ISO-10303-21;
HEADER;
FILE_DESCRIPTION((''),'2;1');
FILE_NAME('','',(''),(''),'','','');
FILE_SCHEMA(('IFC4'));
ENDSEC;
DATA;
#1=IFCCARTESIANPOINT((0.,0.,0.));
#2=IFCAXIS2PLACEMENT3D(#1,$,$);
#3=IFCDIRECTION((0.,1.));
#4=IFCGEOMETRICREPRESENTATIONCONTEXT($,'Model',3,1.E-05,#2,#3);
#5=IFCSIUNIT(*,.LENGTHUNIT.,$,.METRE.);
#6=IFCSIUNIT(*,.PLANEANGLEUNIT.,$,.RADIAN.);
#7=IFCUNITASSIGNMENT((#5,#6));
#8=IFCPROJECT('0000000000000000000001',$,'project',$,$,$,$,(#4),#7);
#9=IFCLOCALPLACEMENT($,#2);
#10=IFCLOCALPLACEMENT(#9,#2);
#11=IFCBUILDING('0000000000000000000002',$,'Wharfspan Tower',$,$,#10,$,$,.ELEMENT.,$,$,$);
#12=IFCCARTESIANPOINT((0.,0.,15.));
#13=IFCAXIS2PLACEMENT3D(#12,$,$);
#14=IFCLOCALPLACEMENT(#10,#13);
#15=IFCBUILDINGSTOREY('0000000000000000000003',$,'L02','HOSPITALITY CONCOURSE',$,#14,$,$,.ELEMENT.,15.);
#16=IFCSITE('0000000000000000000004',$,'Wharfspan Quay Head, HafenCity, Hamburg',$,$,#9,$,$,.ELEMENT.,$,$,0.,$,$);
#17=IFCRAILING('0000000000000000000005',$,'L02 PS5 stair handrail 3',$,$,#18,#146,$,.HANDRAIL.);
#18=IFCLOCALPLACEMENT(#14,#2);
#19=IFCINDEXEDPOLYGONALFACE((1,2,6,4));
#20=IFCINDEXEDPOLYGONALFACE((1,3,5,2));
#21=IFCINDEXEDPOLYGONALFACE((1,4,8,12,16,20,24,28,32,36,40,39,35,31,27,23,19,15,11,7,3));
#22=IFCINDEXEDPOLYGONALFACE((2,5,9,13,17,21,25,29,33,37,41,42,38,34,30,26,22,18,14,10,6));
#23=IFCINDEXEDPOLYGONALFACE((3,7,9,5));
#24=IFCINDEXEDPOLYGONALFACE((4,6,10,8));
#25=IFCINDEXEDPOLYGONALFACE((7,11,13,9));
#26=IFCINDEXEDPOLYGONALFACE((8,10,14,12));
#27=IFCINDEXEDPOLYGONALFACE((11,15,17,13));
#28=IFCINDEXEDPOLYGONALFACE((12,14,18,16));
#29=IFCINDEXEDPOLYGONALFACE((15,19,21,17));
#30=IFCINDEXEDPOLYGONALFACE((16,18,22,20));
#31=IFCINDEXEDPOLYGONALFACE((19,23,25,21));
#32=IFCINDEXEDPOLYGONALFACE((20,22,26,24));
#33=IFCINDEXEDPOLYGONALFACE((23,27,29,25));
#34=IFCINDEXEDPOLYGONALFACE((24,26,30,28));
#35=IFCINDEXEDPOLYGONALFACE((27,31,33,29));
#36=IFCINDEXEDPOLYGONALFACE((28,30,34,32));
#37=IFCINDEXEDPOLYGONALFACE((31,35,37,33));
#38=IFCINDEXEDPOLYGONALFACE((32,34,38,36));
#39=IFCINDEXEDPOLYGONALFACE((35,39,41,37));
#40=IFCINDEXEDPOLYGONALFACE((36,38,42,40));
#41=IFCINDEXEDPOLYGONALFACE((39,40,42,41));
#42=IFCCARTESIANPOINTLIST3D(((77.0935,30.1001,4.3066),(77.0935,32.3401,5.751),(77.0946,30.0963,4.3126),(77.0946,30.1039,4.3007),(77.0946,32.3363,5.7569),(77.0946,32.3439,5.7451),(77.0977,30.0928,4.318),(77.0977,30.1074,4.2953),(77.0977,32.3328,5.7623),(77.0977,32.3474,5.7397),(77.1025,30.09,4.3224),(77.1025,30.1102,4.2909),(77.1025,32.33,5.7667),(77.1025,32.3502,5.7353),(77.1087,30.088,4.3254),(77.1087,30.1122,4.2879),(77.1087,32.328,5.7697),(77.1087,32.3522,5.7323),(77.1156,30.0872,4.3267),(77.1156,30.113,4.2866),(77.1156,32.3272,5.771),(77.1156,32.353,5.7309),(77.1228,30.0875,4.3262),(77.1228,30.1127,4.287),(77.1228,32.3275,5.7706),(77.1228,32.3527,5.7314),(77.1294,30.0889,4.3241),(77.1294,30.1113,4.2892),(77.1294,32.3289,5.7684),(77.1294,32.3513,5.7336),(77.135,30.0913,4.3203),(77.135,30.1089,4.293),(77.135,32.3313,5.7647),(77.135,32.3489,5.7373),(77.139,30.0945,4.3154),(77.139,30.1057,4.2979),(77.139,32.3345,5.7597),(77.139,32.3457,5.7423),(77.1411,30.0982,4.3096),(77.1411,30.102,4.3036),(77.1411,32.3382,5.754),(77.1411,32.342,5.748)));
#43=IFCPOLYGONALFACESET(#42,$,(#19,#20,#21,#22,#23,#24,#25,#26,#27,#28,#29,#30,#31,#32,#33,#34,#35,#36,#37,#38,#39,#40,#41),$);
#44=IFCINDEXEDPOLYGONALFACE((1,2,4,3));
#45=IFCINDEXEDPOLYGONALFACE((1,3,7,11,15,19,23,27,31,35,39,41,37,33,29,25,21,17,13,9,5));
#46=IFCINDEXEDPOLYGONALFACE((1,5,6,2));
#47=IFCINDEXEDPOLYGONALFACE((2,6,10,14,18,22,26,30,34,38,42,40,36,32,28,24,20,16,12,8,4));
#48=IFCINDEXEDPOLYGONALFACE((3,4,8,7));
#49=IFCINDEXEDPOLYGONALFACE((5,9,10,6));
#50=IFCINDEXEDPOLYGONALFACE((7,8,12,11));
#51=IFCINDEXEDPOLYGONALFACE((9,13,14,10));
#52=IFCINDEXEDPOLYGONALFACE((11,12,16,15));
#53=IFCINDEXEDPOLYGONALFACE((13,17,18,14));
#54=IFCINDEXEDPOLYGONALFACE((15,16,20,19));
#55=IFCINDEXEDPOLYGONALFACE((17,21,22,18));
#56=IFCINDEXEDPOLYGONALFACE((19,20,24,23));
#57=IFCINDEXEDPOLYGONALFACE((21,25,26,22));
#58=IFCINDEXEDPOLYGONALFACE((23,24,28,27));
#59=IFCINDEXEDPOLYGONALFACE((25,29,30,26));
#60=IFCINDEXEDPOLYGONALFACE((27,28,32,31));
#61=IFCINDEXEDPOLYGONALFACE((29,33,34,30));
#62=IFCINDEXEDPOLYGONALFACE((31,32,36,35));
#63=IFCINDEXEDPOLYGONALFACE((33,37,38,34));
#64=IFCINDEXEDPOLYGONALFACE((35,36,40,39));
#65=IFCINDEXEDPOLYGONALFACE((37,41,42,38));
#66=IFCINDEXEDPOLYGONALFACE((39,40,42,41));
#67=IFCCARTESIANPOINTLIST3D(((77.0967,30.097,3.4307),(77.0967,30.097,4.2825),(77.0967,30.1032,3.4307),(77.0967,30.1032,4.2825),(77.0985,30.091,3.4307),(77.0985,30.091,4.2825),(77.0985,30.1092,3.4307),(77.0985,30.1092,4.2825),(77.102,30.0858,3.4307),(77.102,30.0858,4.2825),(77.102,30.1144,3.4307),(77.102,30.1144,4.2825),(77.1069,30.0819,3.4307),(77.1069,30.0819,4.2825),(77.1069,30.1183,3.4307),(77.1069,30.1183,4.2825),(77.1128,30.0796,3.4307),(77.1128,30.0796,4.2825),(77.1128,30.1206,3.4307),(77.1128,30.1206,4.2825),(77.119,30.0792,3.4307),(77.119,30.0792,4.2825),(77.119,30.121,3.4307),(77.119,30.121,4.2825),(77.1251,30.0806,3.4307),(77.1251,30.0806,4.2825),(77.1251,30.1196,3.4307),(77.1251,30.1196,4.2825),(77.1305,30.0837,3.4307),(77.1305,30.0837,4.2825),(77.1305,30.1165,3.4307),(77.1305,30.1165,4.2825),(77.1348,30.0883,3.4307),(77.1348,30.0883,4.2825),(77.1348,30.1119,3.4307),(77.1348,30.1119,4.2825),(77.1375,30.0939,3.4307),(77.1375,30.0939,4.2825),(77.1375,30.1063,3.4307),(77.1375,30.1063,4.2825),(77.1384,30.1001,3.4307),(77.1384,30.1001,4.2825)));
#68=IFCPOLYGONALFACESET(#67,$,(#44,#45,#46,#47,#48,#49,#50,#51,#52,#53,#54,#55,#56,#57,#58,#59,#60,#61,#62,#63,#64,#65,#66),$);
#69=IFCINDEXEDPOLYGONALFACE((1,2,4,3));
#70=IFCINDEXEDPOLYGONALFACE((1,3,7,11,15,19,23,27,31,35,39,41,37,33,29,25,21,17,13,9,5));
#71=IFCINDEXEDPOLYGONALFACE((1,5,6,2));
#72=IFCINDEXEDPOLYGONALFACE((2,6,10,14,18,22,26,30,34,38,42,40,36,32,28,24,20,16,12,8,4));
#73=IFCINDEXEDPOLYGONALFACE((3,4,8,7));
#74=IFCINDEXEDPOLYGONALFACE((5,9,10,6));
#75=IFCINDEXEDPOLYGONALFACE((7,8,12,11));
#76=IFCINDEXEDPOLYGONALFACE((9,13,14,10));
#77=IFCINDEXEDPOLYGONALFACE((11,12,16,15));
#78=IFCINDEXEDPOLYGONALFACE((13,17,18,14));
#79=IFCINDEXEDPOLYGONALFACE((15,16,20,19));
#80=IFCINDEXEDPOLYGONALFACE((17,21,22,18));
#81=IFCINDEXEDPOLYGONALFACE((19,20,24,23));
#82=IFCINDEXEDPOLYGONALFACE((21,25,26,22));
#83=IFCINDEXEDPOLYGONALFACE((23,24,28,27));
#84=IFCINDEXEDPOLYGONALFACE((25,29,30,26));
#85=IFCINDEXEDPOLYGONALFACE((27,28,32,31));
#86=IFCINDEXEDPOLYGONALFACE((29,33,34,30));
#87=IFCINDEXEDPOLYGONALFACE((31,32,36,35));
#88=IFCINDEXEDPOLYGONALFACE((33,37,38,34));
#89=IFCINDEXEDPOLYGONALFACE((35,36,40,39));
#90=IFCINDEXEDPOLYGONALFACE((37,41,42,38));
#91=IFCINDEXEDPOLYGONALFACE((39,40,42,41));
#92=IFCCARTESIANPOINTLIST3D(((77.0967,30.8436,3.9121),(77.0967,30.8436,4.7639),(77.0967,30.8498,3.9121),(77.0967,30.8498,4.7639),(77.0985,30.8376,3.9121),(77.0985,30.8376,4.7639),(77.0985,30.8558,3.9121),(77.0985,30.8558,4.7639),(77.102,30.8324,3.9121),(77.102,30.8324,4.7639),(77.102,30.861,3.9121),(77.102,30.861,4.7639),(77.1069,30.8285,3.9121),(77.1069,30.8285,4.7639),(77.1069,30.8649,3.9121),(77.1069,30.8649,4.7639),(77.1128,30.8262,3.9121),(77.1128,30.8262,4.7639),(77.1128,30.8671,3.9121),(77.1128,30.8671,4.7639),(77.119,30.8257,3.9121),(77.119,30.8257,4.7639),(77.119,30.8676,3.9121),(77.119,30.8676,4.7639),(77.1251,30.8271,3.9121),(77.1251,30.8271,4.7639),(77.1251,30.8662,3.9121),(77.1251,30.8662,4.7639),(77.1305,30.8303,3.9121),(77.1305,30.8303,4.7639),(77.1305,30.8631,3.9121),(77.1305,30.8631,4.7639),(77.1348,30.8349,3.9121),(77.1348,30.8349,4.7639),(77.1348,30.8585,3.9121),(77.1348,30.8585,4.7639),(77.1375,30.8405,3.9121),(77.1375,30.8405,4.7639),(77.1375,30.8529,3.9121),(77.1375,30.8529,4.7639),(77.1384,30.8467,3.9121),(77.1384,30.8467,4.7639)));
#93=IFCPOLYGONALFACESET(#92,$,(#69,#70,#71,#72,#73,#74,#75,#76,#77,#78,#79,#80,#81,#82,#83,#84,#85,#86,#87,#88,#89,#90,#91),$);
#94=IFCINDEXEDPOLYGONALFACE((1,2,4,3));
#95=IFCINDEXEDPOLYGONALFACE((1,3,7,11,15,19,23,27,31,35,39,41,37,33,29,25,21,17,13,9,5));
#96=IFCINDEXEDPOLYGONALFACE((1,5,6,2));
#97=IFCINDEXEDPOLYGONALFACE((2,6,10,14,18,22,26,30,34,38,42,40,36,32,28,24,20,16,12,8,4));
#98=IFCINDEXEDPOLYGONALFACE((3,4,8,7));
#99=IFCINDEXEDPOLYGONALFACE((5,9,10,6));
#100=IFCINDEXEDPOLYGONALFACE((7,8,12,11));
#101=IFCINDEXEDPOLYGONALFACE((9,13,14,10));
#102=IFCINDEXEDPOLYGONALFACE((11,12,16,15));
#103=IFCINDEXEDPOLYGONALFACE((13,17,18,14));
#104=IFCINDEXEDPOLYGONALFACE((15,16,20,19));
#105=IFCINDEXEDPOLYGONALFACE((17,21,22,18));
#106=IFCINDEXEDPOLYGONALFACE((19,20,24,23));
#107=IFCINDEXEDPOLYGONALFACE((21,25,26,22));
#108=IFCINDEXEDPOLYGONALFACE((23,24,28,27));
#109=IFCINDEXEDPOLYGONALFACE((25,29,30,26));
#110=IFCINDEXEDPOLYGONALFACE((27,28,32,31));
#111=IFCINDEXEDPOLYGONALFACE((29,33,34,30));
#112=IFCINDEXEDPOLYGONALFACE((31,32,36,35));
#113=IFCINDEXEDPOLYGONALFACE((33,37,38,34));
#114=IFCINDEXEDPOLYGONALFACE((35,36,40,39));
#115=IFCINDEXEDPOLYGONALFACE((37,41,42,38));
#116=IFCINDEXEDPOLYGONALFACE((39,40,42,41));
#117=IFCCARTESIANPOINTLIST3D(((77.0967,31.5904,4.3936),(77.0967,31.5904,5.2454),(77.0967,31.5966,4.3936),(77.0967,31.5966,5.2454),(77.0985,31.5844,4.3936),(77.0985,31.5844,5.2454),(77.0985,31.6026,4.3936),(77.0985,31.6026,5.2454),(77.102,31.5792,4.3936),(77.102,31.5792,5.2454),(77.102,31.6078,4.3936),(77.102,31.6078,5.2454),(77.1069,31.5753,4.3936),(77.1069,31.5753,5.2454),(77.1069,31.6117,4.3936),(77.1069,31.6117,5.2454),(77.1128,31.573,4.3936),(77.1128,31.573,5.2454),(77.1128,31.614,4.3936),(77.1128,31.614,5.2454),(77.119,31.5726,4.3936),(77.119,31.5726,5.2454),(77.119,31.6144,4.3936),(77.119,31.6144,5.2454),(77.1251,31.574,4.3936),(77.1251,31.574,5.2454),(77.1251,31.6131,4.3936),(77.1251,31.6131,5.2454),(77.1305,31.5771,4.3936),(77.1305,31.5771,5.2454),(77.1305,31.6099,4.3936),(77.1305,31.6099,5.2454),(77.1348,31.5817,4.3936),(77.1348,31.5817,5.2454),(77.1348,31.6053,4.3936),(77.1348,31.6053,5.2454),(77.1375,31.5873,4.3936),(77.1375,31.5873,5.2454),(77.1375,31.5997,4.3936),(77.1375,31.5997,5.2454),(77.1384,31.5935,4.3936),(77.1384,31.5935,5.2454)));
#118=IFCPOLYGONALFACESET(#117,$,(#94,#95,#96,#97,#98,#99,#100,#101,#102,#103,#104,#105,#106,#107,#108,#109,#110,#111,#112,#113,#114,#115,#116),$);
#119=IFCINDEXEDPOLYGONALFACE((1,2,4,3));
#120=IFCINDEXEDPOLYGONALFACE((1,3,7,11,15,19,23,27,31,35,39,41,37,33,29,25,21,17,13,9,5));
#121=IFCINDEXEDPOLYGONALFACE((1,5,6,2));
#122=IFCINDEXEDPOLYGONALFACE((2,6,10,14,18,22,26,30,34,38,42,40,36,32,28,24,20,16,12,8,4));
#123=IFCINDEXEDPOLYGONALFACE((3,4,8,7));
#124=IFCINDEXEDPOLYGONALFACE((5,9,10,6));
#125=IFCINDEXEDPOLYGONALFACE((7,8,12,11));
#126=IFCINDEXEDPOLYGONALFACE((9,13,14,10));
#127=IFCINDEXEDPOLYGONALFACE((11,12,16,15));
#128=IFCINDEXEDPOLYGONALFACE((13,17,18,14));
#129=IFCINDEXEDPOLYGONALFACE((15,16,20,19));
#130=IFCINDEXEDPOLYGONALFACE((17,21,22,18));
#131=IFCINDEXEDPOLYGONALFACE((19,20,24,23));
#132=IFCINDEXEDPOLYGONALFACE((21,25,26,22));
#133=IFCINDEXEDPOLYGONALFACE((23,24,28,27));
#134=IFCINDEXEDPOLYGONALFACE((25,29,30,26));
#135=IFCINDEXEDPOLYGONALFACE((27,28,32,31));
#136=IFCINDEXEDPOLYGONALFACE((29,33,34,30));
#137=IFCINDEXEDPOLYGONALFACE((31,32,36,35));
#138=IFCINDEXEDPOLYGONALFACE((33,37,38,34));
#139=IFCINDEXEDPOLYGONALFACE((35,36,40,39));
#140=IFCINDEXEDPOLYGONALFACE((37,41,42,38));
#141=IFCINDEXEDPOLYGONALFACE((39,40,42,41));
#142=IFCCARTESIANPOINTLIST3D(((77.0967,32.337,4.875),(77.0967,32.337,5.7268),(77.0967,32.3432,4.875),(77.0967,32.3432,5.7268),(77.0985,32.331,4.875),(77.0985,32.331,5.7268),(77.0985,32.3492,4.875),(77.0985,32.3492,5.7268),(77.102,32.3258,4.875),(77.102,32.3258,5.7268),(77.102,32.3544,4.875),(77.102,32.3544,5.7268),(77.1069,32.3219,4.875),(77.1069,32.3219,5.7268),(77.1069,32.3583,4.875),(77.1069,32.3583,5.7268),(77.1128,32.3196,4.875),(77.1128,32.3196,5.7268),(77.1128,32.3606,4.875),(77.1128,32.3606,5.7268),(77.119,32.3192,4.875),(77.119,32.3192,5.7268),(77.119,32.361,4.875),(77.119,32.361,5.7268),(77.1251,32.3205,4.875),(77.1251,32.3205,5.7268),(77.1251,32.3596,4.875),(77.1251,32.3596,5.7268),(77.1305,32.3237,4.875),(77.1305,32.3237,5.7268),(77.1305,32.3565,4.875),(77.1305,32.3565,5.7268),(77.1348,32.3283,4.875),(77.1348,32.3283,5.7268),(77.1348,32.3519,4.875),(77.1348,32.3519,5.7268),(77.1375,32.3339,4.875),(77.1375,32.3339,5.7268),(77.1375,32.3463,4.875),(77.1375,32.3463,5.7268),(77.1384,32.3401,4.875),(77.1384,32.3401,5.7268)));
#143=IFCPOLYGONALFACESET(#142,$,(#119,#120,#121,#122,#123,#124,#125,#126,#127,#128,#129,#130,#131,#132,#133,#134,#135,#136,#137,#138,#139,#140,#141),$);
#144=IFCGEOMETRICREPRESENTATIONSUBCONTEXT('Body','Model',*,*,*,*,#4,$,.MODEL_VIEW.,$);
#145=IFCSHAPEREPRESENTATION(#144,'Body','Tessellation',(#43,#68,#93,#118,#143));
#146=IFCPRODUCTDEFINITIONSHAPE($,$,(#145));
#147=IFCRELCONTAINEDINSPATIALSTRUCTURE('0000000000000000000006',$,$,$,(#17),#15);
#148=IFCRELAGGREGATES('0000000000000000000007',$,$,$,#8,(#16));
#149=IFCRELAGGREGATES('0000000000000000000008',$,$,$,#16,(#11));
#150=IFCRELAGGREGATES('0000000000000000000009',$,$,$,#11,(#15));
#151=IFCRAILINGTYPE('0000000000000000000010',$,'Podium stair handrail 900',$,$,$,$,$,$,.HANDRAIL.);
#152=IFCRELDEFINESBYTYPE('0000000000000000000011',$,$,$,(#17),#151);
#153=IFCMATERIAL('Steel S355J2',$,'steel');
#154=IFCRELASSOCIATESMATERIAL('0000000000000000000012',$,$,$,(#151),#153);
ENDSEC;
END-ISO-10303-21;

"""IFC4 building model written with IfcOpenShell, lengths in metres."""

from ifc_helpers import new_model, si_unit, direction, frame, origin, origin_2d, place, context, subcontext, project, spatial, circle, extrude, material, type_object, element, save


model = new_model("IFC4")

# Units and contexts
model_context = context("Model", 3, precision=1e-05, world=origin(), true_north=direction((0.0, 1.0)))
body_context = subcontext(model_context, "Body", "Model", "MODEL_VIEW")
ifc_project = project(units=[si_unit("LENGTHUNIT", "METRE"), si_unit("PLANEANGLEUNIT", "RADIAN")], contexts=[model_context])

# Site, building, storey
site_placement = place(None, origin())
site = spatial("IfcSite", under=ifc_project, at=site_placement, Name="Wharfspan Quay Head, HafenCity, Hamburg", CompositionType="ELEMENT", RefElevation=0.0)
building_placement = place(site_placement, origin())
building = spatial("IfcBuilding", under=site, at=building_placement, Name="Wharfspan Tower", CompositionType="ELEMENT")
storey_placement = place(building_placement, frame((0.0, 0.0, 15.0)))
storey = spatial("IfcBuildingStorey", under=building, at=storey_placement, Name="L02", Description="HOSPITALITY CONCOURSE", CompositionType="ELEMENT", Elevation=15.0)

# Railing
ifc_material_1 = material(Name="Steel S355J2", Category="steel")
railing_type_1 = type_object("IfcRailingType", Name="Podium stair handrail 900", PredefinedType="HANDRAIL", material=ifc_material_1)
for number, where, name in (
    (1, (77.1174, 30.1001, 3.4307), "L02 PS5 stair handrail 3"),
):
    element("IfcRailing", number, at=place(storey_placement, frame(where)), inside=storey, type_object=railing_type_1, Name=name, PredefinedType="HANDRAIL", context=body_context, shape_type="SweptSolid", body=[
        extrude(circle(Radius=0.0239, at=origin_2d()), frame((0.0, 0.0, 0.876), z_axis=(0.0, 0.840437, 0.54191), x_axis=(-1.0, 0.0, 0.0)), (0.0, 0.0, 1.0), 2.6653),
        extrude(circle(Radius=0.021, at=origin_2d()), origin(), (0.0, 0.0, 1.0), 0.8518),
        extrude(circle(Radius=0.021, at=origin_2d()), frame((0.0, 0.7466, 0.4814)), (0.0, 0.0, 1.0), 0.8518),
        extrude(circle(Radius=0.021, at=origin_2d()), frame((0.0, 1.4934, 0.9629)), (0.0, 0.0, 1.0), 0.8518),
        extrude(circle(Radius=0.021, at=origin_2d()), frame((0.0, 2.24, 1.4443)), (0.0, 0.0, 1.0), 0.8518),
    ])

save(model, "model.ifc")
